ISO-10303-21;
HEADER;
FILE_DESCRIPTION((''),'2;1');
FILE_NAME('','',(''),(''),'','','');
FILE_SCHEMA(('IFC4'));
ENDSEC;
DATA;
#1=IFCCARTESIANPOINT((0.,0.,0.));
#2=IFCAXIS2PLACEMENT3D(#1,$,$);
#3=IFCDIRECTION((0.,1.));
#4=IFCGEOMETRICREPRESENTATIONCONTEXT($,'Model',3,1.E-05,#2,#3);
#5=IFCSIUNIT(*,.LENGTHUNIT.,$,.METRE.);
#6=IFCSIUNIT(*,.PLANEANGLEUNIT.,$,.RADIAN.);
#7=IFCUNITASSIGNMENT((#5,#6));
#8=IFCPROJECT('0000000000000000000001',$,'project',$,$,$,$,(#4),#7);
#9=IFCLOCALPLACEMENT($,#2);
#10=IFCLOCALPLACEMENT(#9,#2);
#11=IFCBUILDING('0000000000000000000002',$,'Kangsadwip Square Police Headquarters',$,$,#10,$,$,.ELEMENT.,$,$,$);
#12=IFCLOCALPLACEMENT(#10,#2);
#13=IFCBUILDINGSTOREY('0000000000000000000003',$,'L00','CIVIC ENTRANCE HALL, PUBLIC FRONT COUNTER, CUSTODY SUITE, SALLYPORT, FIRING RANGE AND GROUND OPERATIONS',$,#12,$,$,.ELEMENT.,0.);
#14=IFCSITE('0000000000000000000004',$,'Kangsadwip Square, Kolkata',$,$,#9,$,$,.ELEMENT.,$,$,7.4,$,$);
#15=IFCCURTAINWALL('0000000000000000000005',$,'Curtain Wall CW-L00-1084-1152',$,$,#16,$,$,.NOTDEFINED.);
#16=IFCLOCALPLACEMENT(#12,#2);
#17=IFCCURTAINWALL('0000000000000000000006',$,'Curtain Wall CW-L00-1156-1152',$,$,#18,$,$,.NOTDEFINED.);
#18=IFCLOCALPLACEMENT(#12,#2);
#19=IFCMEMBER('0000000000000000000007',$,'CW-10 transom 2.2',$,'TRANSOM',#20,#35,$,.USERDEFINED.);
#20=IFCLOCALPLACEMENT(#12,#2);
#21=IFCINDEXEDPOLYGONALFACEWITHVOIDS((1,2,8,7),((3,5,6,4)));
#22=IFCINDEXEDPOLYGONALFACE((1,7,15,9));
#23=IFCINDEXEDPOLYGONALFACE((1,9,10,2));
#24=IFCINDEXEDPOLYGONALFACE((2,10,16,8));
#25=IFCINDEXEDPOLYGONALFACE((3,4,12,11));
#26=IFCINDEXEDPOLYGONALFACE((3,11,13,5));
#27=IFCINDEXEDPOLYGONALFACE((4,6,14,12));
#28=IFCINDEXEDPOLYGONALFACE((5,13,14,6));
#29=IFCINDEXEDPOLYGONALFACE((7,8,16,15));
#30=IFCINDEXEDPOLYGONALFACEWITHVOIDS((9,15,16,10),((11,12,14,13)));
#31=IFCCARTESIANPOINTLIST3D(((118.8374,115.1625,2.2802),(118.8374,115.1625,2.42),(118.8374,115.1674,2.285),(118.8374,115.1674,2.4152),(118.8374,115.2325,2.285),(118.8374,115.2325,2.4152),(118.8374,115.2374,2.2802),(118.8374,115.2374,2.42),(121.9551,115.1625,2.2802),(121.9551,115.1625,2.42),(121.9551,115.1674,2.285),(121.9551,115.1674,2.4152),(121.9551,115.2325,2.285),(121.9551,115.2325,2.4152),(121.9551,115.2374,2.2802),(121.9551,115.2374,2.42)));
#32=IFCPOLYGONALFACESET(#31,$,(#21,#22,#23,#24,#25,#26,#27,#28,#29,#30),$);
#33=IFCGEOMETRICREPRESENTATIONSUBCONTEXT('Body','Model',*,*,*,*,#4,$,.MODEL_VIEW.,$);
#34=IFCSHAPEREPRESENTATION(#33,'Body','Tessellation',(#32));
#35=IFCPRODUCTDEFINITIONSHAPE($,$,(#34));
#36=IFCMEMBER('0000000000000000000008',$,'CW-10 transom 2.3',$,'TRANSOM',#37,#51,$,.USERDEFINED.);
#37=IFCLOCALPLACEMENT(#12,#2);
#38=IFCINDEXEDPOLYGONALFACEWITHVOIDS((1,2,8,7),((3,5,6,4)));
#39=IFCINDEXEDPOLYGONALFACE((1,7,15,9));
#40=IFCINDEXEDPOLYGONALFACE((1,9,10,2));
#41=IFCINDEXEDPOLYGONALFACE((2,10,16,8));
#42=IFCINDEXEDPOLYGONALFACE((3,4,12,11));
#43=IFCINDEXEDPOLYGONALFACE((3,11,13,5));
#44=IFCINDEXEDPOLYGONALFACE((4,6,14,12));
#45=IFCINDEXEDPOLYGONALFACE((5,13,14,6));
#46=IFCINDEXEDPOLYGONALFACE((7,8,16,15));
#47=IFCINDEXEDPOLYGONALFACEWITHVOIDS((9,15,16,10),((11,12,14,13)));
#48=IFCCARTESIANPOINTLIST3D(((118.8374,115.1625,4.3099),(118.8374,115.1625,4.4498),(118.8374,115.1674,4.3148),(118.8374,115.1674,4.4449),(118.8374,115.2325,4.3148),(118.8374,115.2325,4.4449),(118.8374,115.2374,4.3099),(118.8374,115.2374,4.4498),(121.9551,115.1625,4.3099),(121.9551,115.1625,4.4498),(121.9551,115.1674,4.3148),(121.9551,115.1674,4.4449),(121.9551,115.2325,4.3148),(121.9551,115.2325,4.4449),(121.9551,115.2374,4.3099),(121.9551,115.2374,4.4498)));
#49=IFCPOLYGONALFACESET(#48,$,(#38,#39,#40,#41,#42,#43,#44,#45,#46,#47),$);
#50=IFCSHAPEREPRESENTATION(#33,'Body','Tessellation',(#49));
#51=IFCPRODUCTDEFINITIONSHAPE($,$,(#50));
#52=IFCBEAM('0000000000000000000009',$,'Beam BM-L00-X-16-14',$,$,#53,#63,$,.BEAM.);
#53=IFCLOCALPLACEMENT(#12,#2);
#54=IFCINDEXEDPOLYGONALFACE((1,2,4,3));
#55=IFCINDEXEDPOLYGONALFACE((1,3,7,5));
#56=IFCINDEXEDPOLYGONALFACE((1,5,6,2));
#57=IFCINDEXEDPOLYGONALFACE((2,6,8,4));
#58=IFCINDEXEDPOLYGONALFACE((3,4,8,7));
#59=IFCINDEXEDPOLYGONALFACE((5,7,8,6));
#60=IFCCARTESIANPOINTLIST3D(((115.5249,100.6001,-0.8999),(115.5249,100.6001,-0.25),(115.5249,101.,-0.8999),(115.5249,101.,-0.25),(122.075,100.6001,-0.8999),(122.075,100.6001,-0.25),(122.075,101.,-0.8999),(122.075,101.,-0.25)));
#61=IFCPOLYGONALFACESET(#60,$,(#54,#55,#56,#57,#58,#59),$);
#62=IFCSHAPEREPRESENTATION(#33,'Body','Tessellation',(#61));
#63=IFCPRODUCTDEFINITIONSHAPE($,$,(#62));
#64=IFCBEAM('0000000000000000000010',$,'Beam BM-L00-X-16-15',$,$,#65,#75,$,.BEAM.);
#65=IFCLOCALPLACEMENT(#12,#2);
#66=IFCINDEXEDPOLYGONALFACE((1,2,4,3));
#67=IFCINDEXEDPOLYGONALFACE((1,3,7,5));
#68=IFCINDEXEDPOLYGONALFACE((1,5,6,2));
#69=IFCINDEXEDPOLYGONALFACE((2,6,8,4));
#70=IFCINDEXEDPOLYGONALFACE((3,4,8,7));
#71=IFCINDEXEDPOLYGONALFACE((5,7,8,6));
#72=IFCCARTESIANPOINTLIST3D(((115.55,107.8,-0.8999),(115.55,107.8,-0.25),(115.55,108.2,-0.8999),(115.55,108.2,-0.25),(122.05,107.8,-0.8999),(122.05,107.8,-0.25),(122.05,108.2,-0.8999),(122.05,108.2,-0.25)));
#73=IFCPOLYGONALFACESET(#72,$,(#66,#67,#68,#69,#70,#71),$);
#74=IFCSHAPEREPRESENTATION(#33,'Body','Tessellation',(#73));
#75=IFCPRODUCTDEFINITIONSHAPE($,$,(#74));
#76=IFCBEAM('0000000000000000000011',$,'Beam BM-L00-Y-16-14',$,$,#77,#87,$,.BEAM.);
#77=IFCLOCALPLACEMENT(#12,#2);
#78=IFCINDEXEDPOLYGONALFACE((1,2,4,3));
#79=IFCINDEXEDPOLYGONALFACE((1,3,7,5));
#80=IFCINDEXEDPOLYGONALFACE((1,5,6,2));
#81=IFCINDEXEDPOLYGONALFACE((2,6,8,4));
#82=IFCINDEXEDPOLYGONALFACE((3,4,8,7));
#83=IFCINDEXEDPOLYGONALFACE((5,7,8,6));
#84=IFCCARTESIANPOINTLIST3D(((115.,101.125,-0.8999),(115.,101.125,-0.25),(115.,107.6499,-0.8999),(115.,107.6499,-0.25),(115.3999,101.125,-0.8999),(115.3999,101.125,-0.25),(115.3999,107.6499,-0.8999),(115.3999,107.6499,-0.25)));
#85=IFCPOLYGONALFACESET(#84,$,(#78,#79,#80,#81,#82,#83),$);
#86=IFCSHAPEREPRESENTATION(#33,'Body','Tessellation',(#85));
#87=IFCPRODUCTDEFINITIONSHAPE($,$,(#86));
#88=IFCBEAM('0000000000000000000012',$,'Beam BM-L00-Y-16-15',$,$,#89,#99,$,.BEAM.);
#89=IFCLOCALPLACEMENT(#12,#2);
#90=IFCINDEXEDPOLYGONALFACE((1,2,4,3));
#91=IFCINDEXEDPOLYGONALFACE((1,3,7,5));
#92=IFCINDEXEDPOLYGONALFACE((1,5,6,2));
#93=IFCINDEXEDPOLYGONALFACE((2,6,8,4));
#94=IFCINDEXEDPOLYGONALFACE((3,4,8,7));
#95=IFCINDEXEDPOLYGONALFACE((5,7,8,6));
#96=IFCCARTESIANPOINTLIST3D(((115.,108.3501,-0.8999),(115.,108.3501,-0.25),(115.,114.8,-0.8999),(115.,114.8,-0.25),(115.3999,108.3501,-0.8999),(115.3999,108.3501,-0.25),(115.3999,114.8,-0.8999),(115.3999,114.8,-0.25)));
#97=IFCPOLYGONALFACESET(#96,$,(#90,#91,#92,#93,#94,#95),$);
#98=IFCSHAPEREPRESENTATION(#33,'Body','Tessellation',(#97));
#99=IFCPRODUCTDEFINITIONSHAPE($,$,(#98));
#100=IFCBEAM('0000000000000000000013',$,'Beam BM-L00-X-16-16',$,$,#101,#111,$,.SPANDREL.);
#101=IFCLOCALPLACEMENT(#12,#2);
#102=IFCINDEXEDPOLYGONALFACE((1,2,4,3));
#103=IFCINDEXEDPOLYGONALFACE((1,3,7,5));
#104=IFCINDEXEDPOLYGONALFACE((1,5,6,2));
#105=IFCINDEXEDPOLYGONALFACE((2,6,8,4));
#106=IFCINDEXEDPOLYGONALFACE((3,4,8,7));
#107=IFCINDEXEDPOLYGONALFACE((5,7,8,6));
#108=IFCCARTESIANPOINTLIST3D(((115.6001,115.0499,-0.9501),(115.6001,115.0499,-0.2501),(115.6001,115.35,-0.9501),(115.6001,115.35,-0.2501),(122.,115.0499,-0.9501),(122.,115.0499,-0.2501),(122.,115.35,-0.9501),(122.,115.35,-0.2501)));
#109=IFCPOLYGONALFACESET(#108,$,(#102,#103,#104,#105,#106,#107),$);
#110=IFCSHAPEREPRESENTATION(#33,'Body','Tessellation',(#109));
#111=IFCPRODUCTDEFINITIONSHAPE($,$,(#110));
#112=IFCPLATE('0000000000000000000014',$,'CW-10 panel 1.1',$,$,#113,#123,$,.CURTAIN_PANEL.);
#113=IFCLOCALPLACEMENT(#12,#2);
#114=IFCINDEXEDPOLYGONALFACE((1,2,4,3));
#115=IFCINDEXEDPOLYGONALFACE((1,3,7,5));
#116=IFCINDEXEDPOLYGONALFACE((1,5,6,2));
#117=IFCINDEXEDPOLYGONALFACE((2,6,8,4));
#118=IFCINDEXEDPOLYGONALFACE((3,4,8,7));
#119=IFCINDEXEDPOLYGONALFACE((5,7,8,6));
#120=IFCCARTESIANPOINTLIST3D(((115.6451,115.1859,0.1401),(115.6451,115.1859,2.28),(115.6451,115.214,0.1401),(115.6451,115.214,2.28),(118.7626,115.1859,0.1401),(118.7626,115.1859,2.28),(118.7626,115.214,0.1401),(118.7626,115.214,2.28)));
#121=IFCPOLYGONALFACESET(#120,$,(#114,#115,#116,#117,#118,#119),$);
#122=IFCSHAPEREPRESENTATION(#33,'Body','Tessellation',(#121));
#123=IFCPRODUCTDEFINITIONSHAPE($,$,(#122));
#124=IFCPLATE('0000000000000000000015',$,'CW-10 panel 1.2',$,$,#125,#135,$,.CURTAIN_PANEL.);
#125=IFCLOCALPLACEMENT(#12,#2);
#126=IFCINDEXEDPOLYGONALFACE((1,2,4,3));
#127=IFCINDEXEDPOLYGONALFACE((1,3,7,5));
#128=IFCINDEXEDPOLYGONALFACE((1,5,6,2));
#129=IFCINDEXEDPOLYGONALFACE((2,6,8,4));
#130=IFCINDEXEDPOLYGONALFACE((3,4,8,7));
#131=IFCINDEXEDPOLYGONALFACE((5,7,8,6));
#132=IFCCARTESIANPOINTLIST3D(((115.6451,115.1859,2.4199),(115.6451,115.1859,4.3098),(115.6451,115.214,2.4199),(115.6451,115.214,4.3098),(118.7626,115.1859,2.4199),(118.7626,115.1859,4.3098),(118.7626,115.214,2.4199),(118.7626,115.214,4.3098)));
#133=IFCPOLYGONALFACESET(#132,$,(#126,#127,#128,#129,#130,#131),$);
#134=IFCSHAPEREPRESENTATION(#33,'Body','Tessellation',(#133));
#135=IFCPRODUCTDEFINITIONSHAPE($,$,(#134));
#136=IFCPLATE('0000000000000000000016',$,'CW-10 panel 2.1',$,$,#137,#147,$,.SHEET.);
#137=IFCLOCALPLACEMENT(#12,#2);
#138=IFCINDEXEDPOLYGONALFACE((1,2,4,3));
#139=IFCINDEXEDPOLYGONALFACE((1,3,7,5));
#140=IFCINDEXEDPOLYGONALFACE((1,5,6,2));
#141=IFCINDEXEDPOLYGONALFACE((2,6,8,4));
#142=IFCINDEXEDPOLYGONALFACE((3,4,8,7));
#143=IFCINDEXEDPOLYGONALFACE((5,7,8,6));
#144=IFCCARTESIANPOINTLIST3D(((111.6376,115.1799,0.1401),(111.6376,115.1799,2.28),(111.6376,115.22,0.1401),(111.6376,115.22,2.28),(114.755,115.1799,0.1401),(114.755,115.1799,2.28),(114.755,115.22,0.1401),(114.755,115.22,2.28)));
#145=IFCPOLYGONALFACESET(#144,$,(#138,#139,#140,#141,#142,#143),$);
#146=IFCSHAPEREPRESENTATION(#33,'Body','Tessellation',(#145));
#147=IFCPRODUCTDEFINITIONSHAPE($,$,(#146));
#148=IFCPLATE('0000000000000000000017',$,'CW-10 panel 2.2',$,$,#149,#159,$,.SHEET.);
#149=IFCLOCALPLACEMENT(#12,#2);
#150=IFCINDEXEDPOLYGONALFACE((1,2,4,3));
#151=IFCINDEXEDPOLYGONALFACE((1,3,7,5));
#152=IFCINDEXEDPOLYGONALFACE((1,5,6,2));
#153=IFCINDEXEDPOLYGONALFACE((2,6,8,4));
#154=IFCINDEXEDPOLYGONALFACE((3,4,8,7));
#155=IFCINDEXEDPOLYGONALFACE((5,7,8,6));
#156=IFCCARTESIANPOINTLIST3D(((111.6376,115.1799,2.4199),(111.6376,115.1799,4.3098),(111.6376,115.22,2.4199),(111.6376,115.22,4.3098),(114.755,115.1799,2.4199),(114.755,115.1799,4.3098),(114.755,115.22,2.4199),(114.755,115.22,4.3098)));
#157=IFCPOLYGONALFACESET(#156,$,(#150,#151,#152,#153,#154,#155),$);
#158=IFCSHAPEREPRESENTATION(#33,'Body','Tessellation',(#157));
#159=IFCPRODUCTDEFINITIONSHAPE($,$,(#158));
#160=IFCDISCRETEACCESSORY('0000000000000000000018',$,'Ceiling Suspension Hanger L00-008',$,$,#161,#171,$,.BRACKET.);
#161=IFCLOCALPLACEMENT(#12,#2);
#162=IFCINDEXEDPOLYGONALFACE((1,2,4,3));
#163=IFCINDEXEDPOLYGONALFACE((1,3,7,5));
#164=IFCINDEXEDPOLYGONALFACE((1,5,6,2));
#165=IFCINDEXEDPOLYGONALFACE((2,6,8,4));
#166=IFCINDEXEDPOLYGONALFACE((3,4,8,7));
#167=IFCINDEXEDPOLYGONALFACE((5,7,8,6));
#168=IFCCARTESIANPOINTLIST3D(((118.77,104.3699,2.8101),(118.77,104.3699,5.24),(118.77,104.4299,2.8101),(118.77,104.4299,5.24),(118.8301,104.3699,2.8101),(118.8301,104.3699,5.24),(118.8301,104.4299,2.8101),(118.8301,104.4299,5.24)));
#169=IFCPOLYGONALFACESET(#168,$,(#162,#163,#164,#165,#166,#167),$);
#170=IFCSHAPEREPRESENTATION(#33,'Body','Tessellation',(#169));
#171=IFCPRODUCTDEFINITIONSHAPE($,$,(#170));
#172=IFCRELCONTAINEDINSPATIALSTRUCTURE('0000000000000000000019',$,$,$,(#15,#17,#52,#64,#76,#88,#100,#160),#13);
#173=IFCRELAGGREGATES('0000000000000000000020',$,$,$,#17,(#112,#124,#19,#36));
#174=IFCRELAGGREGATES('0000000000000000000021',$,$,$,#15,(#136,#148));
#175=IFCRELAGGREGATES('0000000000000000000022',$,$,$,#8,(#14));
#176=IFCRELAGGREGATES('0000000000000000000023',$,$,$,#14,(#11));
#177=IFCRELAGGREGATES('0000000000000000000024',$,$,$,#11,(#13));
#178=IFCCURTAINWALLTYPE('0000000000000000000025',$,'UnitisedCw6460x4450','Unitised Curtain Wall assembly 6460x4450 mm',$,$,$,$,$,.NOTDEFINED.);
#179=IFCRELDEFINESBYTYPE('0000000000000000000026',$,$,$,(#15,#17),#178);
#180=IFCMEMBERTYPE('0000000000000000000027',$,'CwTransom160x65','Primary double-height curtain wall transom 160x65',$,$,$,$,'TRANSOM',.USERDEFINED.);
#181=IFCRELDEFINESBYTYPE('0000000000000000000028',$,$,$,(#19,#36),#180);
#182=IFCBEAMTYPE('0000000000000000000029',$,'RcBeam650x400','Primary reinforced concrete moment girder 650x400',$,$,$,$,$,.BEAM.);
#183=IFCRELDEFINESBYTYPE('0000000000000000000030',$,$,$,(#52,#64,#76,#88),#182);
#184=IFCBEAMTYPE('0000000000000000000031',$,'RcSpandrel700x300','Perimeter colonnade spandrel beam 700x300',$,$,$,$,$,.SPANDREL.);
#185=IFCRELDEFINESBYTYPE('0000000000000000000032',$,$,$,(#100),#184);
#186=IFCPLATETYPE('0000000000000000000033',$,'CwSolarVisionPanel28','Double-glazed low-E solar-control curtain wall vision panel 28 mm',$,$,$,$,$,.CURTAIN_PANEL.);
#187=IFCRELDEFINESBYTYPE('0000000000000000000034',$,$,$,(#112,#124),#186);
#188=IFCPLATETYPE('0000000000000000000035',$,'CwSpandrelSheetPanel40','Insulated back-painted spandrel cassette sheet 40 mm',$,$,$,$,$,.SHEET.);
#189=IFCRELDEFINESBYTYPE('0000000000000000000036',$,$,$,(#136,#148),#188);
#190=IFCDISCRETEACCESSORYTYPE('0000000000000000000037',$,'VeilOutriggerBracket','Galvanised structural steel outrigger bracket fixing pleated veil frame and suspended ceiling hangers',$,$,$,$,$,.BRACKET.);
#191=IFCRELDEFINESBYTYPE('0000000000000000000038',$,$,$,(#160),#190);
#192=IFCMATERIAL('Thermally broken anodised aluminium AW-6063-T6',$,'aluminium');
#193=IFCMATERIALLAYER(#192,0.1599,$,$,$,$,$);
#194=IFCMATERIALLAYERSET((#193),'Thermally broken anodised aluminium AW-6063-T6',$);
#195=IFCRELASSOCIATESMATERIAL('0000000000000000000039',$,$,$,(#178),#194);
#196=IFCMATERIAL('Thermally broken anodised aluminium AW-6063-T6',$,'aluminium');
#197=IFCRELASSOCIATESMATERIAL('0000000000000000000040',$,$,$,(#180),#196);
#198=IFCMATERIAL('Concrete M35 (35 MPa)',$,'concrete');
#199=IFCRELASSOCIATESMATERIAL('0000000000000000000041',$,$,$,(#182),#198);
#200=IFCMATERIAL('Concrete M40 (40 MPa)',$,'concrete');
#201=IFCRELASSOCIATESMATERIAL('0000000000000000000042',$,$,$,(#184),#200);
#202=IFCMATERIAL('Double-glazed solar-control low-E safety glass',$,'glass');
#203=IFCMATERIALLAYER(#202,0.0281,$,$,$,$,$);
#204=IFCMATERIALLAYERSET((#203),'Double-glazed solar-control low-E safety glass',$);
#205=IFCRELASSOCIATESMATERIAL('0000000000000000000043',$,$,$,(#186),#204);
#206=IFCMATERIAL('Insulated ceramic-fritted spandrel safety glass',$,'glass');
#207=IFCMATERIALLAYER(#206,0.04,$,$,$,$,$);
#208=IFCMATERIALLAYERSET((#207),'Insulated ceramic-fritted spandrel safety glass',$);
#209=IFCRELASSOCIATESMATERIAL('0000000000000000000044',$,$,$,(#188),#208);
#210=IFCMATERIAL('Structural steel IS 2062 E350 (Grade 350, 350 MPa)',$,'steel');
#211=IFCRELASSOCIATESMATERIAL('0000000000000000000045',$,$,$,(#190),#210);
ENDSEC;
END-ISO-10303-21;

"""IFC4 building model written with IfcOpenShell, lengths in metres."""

from ifc_helpers import new_model, si_unit, direction, frame, origin, origin_2d, place, context, subcontext, project, spatial, rectangle, hollow_rectangle, extrude, material, layer, layer_set, material_profile, profile_set, type_object, element, aggregate, save


model = new_model("IFC4")

# Units and contexts
model_context = context("Model", 3, precision=1e-05, world=origin(), true_north=direction((0.0, 1.0)))
body_context = subcontext(model_context, "Body", "Model", "MODEL_VIEW")
ifc_project = project(units=[si_unit("LENGTHUNIT", "METRE"), si_unit("PLANEANGLEUNIT", "RADIAN")], contexts=[model_context])

# Site, building, storey
site_placement = place(None, origin())
site = spatial("IfcSite", under=ifc_project, at=site_placement, Name="Kangsadwip Square, Kolkata", CompositionType="ELEMENT", RefElevation=7.4)
building_placement = place(site_placement, origin())
building = spatial("IfcBuilding", under=site, at=building_placement, Name="Kangsadwip Square Police Headquarters", CompositionType="ELEMENT")
storey_placement = place(building_placement, origin())
storey = spatial("IfcBuildingStorey", under=building, at=storey_placement, Name="L00", Description="CIVIC ENTRANCE HALL, PUBLIC FRONT COUNTER, CUSTODY SUITE, SALLYPORT, FIRING RANGE AND GROUND OPERATIONS", CompositionType="ELEMENT", Elevation=0.0)

# Curtain wall
ifc_material_1 = material(Name="Thermally broken anodised aluminium AW-6063-T6", Category="aluminium")
ifc_layer_1 = layer(ifc_material_1, 0.1599)
ifc_layer_set_1 = layer_set([ifc_layer_1], Name="Thermally broken anodised aluminium AW-6063-T6")
curtain_wall_type = type_object("IfcCurtainWallType", Name="UnitisedCw6460x4450", Description="Unitised Curtain Wall assembly 6460x4450 mm", PredefinedType="NOTDEFINED", material=ifc_layer_set_1)
curtain_wall_1_placement = place(storey_placement, origin())
curtain_wall_1 = element("IfcCurtainWall", 1, at=curtain_wall_1_placement, inside=storey, type_object=curtain_wall_type, Name="Curtain Wall CW-L00-1084-1152", PredefinedType="NOTDEFINED")

# Curtain wall
curtain_wall_2_placement = place(storey_placement, origin())
curtain_wall_2 = element("IfcCurtainWall", 2, at=curtain_wall_2_placement, inside=storey, type_object=curtain_wall_type, Name="Curtain Wall CW-L00-1156-1152", PredefinedType="NOTDEFINED")

# Members
ifc_material_2 = material(Name="Thermally broken anodised aluminium AW-6063-T6", Category="aluminium")
ifc_material_profile_1 = material_profile(ifc_material_2, hollow_rectangle(XDim=0.075, YDim=0.1399, WallThickness=0.0049, at=origin_2d()), Name="CWT 140X75X5")
ifc_profile_set_1 = profile_set([ifc_material_profile_1], Name="Thermally broken anodised aluminium AW-6063-T6")
member_type_1 = type_object("IfcMemberType", Name="CwTransom160x65", Description="Primary double-height curtain wall transom 160x65", ElementType="TRANSOM", PredefinedType="USERDEFINED", material=ifc_profile_set_1)
member_1_placement = place(storey_placement, frame((118.8374, 115.2, 2.3501), z_axis=(1.0, 0.0, 0.0), x_axis=(0.0, 1.0, 0.0)))
member_1 = element("IfcMember", 3, at=member_1_placement, type_object=member_type_1, Name="CW-10 transom 2.2", ObjectType="TRANSOM", PredefinedType="USERDEFINED", context=body_context, shape_type="SweptSolid", body=[
    extrude(hollow_rectangle(XDim=0.075, YDim=0.1399, WallThickness=0.0049, at=origin_2d()), origin(), (0.0, 0.0, 1.0), 3.1177),
])
member_2_placement = place(storey_placement, frame((118.8374, 115.2, 4.3799), z_axis=(1.0, 0.0, 0.0), x_axis=(0.0, 1.0, 0.0)))
member_2 = element("IfcMember", 4, at=member_2_placement, type_object=member_type_1, Name="CW-10 transom 2.3", ObjectType="TRANSOM", PredefinedType="USERDEFINED", context=body_context, shape_type="SweptSolid", body=[
    extrude(hollow_rectangle(XDim=0.075, YDim=0.1399, WallThickness=0.0049, at=origin_2d()), origin(), (0.0, 0.0, 1.0), 3.1177),
])

# Beams
ifc_material_3 = material(Name="Concrete M35 (35 MPa)", Category="concrete")
ifc_material_profile_2 = material_profile(ifc_material_3, rectangle(XDim=0.3999, YDim=0.6499, at=origin_2d()), Name="RC BM 650X400")
ifc_profile_set_2 = profile_set([ifc_material_profile_2], Name="Concrete M35 (35 MPa)")
beam_type_1 = type_object("IfcBeamType", Name="RcBeam650x400", Description="Primary reinforced concrete moment girder 650x400", PredefinedType="BEAM", material=ifc_profile_set_2)
beam_1_placement = place(storey_placement, frame((115.5249, 100.8, -0.575), z_axis=(1.0, 0.0, 0.0), x_axis=(0.0, 1.0, 0.0)))
element("IfcBeam", 5, at=beam_1_placement, inside=storey, type_object=beam_type_1, Name="Beam BM-L00-X-16-14", PredefinedType="BEAM", context=body_context, shape_type="SweptSolid", body=[
    extrude(rectangle(XDim=0.3999, YDim=0.6499, at=origin_2d()), origin(), (0.0, 0.0, 1.0), 6.55),
])
beam_2_placement = place(storey_placement, frame((115.55, 108.0, -0.575), z_axis=(1.0, 0.0, 0.0), x_axis=(0.0, 1.0, 0.0)))
element("IfcBeam", 6, at=beam_2_placement, inside=storey, type_object=beam_type_1, Name="Beam BM-L00-X-16-15", PredefinedType="BEAM", context=body_context, shape_type="SweptSolid", body=[
    extrude(rectangle(XDim=0.3999, YDim=0.6499, at=origin_2d()), origin(), (0.0, 0.0, 1.0), 6.5),
])
beam_3_placement = place(storey_placement, frame((115.2, 101.125, -0.575), z_axis=(0.0, 1.0, 0.0), x_axis=(-1.0, 0.0, 0.0)))
element("IfcBeam", 7, at=beam_3_placement, inside=storey, type_object=beam_type_1, Name="Beam BM-L00-Y-16-14", PredefinedType="BEAM", context=body_context, shape_type="SweptSolid", body=[
    extrude(rectangle(XDim=0.3999, YDim=0.6499, at=origin_2d()), origin(), (0.0, 0.0, 1.0), 6.5249),
])
beam_4_placement = place(storey_placement, frame((115.2, 108.3501, -0.575), z_axis=(0.0, 1.0, 0.0), x_axis=(-1.0, 0.0, 0.0)))
element("IfcBeam", 8, at=beam_4_placement, inside=storey, type_object=beam_type_1, Name="Beam BM-L00-Y-16-15", PredefinedType="BEAM", context=body_context, shape_type="SweptSolid", body=[
    extrude(rectangle(XDim=0.3999, YDim=0.6499, at=origin_2d()), origin(), (0.0, 0.0, 1.0), 6.45),
])
ifc_material_4 = material(Name="Concrete M40 (40 MPa)", Category="concrete")
ifc_material_profile_3 = material_profile(ifc_material_4, rectangle(XDim=0.3, YDim=0.7, at=origin_2d()), Name="RC SPN 700X300")
ifc_profile_set_3 = profile_set([ifc_material_profile_3], Name="Concrete M40 (40 MPa)")
beam_type_2 = type_object("IfcBeamType", Name="RcSpandrel700x300", Description="Perimeter colonnade spandrel beam 700x300", PredefinedType="SPANDREL", material=ifc_profile_set_3)
beam_5_placement = place(storey_placement, frame((115.6001, 115.2, -0.6001), z_axis=(1.0, 0.0, 0.0), x_axis=(0.0, 1.0, 0.0)))
element("IfcBeam", 9, at=beam_5_placement, inside=storey, type_object=beam_type_2, Name="Beam BM-L00-X-16-16", PredefinedType="SPANDREL", context=body_context, shape_type="SweptSolid", body=[
    extrude(rectangle(XDim=0.3, YDim=0.7, at=origin_2d()), origin(), (0.0, 0.0, 1.0), 6.3999),
])

# Plates
ifc_material_5 = material(Name="Double-glazed solar-control low-E safety glass", Category="glass")
ifc_layer_2 = layer(ifc_material_5, 0.0281)
ifc_layer_set_2 = layer_set([ifc_layer_2], Name="Double-glazed solar-control low-E safety glass")
plate_type_1 = type_object("IfcPlateType", Name="CwSolarVisionPanel28", Description="Double-glazed low-E solar-control curtain wall vision panel 28 mm", PredefinedType="CURTAIN_PANEL", material=ifc_layer_set_2)
plate_1_placement = place(storey_placement, frame((117.2039, 115.2, 0.1401), z_axis=(0.0, 0.0, 1.0), x_axis=(1.0, 0.0, 0.0)))
plate_1 = element("IfcPlate", 10, at=plate_1_placement, type_object=plate_type_1, Name="CW-10 panel 1.1", PredefinedType="CURTAIN_PANEL", context=body_context, shape_type="SweptSolid", body=[
    extrude(rectangle(XDim=3.1174, YDim=0.0281, at=origin_2d()), origin(), (0.0, 0.0, 1.0), 2.1399),
])
plate_2_placement = place(storey_placement, frame((117.2039, 115.2, 2.4199), z_axis=(0.0, 0.0, 1.0), x_axis=(1.0, 0.0, 0.0)))
plate_2 = element("IfcPlate", 11, at=plate_2_placement, type_object=plate_type_1, Name="CW-10 panel 1.2", PredefinedType="CURTAIN_PANEL", context=body_context, shape_type="SweptSolid", body=[
    extrude(rectangle(XDim=3.1174, YDim=0.0281, at=origin_2d()), origin(), (0.0, 0.0, 1.0), 1.8899),
])
aggregate(curtain_wall_2, [plate_1, plate_2, member_1, member_2])
ifc_material_6 = material(Name="Insulated ceramic-fritted spandrel safety glass", Category="glass")
ifc_layer_3 = layer(ifc_material_6, 0.04)
ifc_layer_set_3 = layer_set([ifc_layer_3], Name="Insulated ceramic-fritted spandrel safety glass")
plate_type_2 = type_object("IfcPlateType", Name="CwSpandrelSheetPanel40", Description="Insulated back-painted spandrel cassette sheet 40 mm", PredefinedType="SHEET", material=ifc_layer_set_3)
plate_3_placement = place(storey_placement, frame((113.1963, 115.2, 0.1401), z_axis=(0.0, 0.0, 1.0), x_axis=(1.0, 0.0, 0.0)))
plate_3 = element("IfcPlate", 12, at=plate_3_placement, type_object=plate_type_2, Name="CW-10 panel 2.1", PredefinedType="SHEET", context=body_context, shape_type="SweptSolid", body=[
    extrude(rectangle(XDim=3.1174, YDim=0.04, at=origin_2d()), origin(), (0.0, 0.0, 1.0), 2.1399),
])
plate_4_placement = place(storey_placement, frame((113.1963, 115.2, 2.4199), z_axis=(0.0, 0.0, 1.0), x_axis=(1.0, 0.0, 0.0)))
plate_4 = element("IfcPlate", 13, at=plate_4_placement, type_object=plate_type_2, Name="CW-10 panel 2.2", PredefinedType="SHEET", context=body_context, shape_type="SweptSolid", body=[
    extrude(rectangle(XDim=3.1174, YDim=0.04, at=origin_2d()), origin(), (0.0, 0.0, 1.0), 1.8899),
])
aggregate(curtain_wall_1, [plate_3, plate_4])

# Discrete accessory
ifc_material_7 = material(Name="Structural steel IS 2062 E350 (Grade 350, 350 MPa)", Category="steel")
discrete_accessory_type = type_object("IfcDiscreteAccessoryType", Name="VeilOutriggerBracket", Description="Galvanised structural steel outrigger bracket fixing pleated veil frame and suspended ceiling hangers", PredefinedType="BRACKET", material=ifc_material_7)
discrete_accessory_placement = place(storey_placement, frame((118.8, 104.3999, 2.8101), z_axis=(0.0, 0.0, 1.0), x_axis=(1.0, 0.0, 0.0)))
element("IfcDiscreteAccessory", 14, at=discrete_accessory_placement, inside=storey, type_object=discrete_accessory_type, Name="Ceiling Suspension Hanger L00-008", PredefinedType="BRACKET", context=body_context, shape_type="SweptSolid", body=[
    extrude(rectangle(XDim=0.0601, YDim=0.0601, at=origin_2d()), origin(), (0.0, 0.0, 1.0), 2.4299),
])

save(model, "model.ifc")
